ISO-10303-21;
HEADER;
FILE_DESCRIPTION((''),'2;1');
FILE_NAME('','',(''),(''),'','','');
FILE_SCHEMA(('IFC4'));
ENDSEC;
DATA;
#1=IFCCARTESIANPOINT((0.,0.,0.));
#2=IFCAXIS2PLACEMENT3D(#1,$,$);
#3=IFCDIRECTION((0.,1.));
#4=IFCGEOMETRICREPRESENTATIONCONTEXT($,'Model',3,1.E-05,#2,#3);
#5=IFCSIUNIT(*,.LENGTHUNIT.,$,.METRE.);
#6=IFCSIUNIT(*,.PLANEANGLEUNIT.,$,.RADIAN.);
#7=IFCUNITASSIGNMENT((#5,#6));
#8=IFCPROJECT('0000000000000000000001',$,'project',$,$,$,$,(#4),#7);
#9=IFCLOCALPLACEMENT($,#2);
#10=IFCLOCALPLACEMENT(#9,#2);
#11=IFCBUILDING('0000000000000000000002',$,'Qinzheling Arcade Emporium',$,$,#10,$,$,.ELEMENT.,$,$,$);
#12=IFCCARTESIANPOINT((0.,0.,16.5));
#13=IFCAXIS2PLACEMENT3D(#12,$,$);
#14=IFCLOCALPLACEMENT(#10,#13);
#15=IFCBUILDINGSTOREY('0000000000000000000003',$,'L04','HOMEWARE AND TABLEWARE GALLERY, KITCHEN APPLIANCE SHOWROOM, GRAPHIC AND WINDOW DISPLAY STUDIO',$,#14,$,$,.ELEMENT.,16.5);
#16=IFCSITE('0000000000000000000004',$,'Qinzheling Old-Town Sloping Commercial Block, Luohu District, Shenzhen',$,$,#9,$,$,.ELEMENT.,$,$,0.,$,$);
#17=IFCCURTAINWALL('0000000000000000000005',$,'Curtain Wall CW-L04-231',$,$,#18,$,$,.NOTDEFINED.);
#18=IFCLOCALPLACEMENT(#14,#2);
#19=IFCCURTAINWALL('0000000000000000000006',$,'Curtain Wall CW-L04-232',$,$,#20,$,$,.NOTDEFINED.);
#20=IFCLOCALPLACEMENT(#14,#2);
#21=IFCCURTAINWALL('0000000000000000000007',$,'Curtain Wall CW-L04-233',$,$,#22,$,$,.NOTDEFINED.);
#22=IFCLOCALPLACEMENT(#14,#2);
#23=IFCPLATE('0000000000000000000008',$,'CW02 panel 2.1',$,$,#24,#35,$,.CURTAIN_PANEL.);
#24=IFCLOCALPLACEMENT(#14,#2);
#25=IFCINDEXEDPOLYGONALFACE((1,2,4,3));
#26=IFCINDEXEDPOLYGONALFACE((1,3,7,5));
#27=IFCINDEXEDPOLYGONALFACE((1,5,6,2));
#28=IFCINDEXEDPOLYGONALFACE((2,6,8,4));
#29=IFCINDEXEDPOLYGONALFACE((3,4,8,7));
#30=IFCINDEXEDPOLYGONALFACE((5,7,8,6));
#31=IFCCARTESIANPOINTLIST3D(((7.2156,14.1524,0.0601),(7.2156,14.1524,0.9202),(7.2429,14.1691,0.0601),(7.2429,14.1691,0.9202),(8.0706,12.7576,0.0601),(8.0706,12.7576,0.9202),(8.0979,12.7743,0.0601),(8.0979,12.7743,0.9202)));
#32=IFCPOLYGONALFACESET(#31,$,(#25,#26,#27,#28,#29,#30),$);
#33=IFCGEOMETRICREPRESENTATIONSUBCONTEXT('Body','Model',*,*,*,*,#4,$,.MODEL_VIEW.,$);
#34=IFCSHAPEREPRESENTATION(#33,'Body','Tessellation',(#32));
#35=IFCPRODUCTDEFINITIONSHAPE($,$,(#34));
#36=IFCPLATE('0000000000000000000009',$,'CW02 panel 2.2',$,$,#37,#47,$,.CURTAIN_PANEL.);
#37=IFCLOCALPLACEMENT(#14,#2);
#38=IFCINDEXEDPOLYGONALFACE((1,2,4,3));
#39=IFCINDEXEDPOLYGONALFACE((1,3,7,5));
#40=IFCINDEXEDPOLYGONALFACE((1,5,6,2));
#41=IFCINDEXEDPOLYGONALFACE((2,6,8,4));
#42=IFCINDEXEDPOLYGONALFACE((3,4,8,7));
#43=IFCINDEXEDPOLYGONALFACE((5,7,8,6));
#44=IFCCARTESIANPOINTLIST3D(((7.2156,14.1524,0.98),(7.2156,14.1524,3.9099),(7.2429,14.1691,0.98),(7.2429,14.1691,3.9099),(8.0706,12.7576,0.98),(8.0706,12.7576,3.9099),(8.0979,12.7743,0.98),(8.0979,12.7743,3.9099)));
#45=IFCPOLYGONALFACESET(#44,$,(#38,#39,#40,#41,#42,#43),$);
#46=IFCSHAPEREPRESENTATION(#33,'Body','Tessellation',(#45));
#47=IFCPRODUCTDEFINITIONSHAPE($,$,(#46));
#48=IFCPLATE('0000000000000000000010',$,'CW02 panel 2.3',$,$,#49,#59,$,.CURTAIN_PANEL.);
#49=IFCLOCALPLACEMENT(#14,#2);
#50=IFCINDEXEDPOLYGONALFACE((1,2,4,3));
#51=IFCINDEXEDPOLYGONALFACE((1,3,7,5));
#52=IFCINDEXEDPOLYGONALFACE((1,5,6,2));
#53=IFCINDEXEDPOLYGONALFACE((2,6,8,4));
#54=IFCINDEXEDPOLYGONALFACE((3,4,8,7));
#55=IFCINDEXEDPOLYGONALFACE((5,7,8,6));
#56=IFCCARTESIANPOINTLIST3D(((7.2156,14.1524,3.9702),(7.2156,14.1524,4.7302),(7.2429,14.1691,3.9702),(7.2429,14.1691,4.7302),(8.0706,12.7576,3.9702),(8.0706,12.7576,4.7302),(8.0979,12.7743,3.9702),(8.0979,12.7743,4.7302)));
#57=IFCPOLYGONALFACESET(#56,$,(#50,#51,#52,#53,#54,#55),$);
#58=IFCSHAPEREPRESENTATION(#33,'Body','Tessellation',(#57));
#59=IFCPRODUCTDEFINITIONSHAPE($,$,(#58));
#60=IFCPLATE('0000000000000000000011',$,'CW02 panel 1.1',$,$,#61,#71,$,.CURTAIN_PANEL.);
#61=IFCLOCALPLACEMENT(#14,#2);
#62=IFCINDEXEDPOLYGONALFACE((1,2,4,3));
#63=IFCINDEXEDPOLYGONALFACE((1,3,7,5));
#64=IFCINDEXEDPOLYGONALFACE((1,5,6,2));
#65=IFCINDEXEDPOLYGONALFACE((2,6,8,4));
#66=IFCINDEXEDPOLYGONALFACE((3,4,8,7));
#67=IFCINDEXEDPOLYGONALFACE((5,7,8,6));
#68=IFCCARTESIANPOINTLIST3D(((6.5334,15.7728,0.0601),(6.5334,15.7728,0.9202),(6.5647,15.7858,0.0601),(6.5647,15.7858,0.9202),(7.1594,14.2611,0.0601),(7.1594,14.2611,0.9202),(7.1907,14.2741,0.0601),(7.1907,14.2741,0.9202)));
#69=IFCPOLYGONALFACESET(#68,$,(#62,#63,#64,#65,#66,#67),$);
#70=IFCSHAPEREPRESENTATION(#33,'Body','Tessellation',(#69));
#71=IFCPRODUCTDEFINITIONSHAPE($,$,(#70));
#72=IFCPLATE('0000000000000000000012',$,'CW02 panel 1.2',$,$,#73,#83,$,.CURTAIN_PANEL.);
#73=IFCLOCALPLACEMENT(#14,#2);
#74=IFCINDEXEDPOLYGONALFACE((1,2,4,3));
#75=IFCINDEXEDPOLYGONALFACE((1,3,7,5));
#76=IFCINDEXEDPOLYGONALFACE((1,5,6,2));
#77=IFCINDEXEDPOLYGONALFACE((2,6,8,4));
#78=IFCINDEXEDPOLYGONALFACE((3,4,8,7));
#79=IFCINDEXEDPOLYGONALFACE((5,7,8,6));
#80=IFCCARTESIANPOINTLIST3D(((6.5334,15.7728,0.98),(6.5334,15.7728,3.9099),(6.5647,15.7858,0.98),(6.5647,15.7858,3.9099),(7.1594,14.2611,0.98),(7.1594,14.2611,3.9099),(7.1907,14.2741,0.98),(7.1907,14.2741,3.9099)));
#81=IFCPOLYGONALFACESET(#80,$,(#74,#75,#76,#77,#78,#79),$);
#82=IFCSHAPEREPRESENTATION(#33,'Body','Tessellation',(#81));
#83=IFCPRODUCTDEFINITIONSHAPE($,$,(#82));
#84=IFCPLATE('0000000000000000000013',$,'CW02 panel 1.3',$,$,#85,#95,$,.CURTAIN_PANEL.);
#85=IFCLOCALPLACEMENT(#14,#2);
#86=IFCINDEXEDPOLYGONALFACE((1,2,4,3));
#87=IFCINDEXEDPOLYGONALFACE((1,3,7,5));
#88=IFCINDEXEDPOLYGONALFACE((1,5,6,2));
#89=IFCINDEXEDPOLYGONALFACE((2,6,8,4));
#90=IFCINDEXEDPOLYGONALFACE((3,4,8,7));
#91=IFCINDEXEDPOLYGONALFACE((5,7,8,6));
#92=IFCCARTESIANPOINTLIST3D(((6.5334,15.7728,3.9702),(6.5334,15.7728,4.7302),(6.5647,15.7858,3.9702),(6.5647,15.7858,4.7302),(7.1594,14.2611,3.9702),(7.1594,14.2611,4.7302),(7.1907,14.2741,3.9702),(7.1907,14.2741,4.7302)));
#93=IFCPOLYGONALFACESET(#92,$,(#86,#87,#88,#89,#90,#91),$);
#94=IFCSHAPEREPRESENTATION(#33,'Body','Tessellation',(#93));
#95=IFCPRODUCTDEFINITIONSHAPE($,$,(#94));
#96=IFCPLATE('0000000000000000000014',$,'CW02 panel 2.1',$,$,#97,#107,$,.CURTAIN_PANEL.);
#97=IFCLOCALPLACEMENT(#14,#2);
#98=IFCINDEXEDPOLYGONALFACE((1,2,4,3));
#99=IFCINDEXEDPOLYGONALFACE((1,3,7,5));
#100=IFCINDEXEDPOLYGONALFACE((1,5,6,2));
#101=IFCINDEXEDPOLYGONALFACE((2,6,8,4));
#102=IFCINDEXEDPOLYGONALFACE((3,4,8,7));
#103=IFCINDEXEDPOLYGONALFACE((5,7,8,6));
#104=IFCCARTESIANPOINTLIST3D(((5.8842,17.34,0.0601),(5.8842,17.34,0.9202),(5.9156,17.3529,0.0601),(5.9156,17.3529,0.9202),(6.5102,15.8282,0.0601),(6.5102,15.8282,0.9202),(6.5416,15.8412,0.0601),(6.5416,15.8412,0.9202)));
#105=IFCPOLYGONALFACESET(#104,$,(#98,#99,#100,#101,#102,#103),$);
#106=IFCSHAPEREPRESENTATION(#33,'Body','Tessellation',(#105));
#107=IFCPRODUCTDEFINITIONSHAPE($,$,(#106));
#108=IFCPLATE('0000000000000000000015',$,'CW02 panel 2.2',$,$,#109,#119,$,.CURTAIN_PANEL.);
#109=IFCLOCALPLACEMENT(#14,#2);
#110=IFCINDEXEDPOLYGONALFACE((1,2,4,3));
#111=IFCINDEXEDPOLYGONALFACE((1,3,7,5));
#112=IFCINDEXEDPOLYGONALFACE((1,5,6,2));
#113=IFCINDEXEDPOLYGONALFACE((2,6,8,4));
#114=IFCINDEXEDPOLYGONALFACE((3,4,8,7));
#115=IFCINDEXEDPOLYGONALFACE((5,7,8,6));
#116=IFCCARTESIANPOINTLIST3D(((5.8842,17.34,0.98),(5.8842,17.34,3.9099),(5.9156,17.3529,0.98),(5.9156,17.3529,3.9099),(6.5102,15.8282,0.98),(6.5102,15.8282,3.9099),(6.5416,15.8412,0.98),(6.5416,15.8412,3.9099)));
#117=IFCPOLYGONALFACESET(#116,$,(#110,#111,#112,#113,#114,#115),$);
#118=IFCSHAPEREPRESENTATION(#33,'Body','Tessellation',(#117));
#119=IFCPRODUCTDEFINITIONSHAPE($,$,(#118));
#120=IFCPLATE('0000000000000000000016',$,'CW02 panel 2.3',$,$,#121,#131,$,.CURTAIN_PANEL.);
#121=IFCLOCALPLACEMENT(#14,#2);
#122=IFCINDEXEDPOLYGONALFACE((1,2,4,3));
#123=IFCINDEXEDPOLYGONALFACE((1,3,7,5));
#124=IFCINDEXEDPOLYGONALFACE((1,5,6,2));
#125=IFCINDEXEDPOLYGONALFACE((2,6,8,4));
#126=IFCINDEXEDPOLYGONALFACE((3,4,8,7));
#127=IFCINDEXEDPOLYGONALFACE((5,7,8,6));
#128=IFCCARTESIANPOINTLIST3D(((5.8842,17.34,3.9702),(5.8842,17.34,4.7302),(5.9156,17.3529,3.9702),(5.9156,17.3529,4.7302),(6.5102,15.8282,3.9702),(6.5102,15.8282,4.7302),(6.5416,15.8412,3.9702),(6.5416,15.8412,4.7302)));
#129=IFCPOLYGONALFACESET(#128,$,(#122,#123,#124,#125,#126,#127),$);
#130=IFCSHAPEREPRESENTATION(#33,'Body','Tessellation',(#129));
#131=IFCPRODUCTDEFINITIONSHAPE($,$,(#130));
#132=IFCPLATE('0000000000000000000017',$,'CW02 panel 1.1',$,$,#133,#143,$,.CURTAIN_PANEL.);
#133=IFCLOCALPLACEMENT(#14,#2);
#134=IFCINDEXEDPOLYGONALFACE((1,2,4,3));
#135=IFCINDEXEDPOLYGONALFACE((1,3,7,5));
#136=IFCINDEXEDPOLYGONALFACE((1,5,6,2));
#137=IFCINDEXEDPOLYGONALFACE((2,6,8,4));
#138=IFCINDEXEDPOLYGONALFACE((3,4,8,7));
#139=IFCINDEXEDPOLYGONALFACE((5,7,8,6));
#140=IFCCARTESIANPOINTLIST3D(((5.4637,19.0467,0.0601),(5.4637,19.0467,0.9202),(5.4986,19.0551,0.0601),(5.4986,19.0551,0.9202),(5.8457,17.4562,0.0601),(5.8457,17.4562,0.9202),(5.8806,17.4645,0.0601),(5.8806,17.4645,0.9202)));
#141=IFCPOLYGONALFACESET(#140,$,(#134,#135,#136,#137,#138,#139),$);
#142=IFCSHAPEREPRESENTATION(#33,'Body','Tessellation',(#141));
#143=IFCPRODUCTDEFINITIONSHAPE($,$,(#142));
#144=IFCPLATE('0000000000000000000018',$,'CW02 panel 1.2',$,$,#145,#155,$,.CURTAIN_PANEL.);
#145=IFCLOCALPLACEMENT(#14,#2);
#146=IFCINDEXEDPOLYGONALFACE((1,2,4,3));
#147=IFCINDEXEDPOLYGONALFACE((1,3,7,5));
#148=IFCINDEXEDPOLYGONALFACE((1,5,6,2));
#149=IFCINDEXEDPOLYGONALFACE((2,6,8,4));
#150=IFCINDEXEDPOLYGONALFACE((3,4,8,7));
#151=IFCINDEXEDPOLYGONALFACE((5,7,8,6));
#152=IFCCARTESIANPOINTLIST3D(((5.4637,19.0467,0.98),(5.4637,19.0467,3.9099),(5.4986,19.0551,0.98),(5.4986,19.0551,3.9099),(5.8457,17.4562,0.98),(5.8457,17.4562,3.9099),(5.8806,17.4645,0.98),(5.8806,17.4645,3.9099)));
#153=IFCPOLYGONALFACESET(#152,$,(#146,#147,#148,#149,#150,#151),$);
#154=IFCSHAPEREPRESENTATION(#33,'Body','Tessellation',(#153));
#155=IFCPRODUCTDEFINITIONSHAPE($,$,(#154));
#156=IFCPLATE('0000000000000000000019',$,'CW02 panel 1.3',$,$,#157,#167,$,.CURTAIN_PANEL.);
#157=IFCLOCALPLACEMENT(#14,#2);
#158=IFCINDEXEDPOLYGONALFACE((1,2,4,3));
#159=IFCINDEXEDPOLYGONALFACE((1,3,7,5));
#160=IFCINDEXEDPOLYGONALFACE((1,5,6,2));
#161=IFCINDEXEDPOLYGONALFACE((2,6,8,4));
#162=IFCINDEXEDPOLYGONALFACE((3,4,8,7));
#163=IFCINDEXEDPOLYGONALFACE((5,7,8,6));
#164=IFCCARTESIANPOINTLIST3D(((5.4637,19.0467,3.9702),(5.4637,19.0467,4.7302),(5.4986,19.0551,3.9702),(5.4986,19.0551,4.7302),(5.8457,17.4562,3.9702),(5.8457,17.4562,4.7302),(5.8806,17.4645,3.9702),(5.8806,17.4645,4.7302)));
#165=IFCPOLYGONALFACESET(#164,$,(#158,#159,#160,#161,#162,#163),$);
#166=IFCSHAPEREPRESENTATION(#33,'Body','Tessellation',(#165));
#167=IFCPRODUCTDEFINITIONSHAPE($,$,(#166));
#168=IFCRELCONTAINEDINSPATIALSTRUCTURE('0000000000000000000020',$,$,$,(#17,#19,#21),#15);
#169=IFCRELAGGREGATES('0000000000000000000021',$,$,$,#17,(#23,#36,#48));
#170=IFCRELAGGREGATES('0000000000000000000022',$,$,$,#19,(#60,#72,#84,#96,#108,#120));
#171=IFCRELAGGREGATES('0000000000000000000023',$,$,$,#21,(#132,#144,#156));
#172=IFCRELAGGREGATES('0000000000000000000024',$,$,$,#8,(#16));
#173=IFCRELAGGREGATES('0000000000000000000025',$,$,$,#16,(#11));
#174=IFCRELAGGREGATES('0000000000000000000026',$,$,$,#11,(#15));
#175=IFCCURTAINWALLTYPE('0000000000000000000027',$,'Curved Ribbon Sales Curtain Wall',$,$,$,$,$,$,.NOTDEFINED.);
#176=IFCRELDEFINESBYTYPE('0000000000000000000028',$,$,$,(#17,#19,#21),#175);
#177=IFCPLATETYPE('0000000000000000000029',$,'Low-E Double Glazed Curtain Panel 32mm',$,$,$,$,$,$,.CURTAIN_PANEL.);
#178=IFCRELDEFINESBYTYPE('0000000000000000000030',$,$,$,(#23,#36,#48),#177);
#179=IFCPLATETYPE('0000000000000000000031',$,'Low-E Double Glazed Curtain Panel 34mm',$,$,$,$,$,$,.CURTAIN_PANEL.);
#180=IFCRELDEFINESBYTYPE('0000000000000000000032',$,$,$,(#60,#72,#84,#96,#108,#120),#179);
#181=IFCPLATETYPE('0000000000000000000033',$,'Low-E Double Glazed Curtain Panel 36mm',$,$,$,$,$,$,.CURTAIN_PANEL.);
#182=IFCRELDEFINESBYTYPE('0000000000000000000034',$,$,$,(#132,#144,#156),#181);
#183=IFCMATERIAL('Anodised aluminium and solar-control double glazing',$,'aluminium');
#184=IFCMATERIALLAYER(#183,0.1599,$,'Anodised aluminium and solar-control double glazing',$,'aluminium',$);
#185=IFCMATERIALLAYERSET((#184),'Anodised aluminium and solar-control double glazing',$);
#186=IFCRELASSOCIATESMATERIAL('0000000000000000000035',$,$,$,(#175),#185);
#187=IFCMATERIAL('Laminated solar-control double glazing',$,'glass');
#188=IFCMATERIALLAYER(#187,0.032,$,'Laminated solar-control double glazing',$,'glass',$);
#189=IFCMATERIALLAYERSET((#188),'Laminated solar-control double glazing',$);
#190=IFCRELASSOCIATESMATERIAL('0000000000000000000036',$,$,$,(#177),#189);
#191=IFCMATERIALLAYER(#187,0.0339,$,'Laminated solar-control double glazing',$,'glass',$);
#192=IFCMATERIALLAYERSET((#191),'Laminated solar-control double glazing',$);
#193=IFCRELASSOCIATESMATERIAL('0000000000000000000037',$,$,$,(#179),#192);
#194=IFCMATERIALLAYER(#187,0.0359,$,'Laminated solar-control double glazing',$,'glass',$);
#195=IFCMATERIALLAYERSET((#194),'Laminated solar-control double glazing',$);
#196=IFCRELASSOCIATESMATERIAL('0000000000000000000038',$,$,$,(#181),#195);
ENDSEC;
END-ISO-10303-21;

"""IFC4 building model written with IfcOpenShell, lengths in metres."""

from ifc_helpers import new_model, si_unit, direction, frame, origin, origin_2d, place, context, subcontext, project, spatial, rectangle, extrude, material, layer, layer_set, type_object, element, aggregate, save


model = new_model("IFC4")

# Units and contexts
model_context = context("Model", 3, precision=1e-05, world=origin(), true_north=direction((0.0, 1.0)))
body_context = subcontext(model_context, "Body", "Model", "MODEL_VIEW")
ifc_project = project(units=[si_unit("LENGTHUNIT", "METRE"), si_unit("PLANEANGLEUNIT", "RADIAN")], contexts=[model_context])

# Site, building, storey
site_placement = place(None, origin())
site = spatial("IfcSite", under=ifc_project, at=site_placement, Name="Qinzheling Old-Town Sloping Commercial Block, Luohu District, Shenzhen", CompositionType="ELEMENT", RefElevation=0.0)
building_placement = place(site_placement, origin())
building = spatial("IfcBuilding", under=site, at=building_placement, Name="Qinzheling Arcade Emporium", CompositionType="ELEMENT")
storey_placement = place(building_placement, frame((0.0, 0.0, 16.5)))
storey = spatial("IfcBuildingStorey", under=building, at=storey_placement, Name="L04", Description="HOMEWARE AND TABLEWARE GALLERY, KITCHEN APPLIANCE SHOWROOM, GRAPHIC AND WINDOW DISPLAY STUDIO", CompositionType="ELEMENT", Elevation=16.5)

# Curtain walls
ifc_material_1 = material(Name="Anodised aluminium and solar-control double glazing", Category="aluminium")
ifc_layer_1 = layer(ifc_material_1, 0.1599, Name="Anodised aluminium and solar-control double glazing", Category="aluminium")
ifc_layer_set_1 = layer_set([ifc_layer_1], Name="Anodised aluminium and solar-control double glazing")
curtain_wall_type = type_object("IfcCurtainWallType", Name="Curved Ribbon Sales Curtain Wall", PredefinedType="NOTDEFINED", material=ifc_layer_set_1)
curtain_wall_1_placement = place(storey_placement, origin())
curtain_wall_1 = element("IfcCurtainWall", 1, at=curtain_wall_1_placement, inside=storey, type_object=curtain_wall_type, Name="Curtain Wall CW-L04-231", PredefinedType="NOTDEFINED")
curtain_wall_2_placement = place(storey_placement, origin())
curtain_wall_2 = element("IfcCurtainWall", 2, at=curtain_wall_2_placement, inside=storey, type_object=curtain_wall_type, Name="Curtain Wall CW-L04-232", PredefinedType="NOTDEFINED")

# Curtain wall
curtain_wall_3_placement = place(storey_placement, origin())
curtain_wall_3 = element("IfcCurtainWall", 3, at=curtain_wall_3_placement, inside=storey, type_object=curtain_wall_type, Name="Curtain Wall CW-L04-233", PredefinedType="NOTDEFINED")

# Plates
ifc_material_2 = material(Name="Laminated solar-control double glazing", Category="glass")
ifc_layer_2 = layer(ifc_material_2, 0.032, Name="Laminated solar-control double glazing", Category="glass")
ifc_layer_set_2 = layer_set([ifc_layer_2], Name="Laminated solar-control double glazing")
plate_type_1 = type_object("IfcPlateType", Name="Low-E Double Glazed Curtain Panel 32mm", PredefinedType="CURTAIN_PANEL", material=ifc_layer_set_2)
plate_1_placement = place(storey_placement, frame((7.6567, 13.4634, 0.0601), z_axis=(0.0, 0.0, 1.0), x_axis=(-0.52261, 0.852572, 0.0)))
plate_1 = element("IfcPlate", 4, at=plate_1_placement, type_object=plate_type_1, Name="CW02 panel 2.1", PredefinedType="CURTAIN_PANEL", context=body_context, shape_type="SweptSolid", body=[
    extrude(rectangle(XDim=1.636, YDim=0.032, at=origin_2d()), origin(), (0.0, 0.0, 1.0), 0.8601),
])
plate_2_placement = place(storey_placement, frame((7.6567, 13.4634, 0.98), z_axis=(0.0, 0.0, 1.0), x_axis=(-0.52261, 0.852572, 0.0)))
plate_2 = element("IfcPlate", 5, at=plate_2_placement, type_object=plate_type_1, Name="CW02 panel 2.2", PredefinedType="CURTAIN_PANEL", context=body_context, shape_type="SweptSolid", body=[
    extrude(rectangle(XDim=1.636, YDim=0.032, at=origin_2d()), origin(), (0.0, 0.0, 1.0), 2.9299),
])
plate_3_placement = place(storey_placement, frame((7.6567, 13.4634, 3.9702), z_axis=(0.0, 0.0, 1.0), x_axis=(-0.52261, 0.852572, 0.0)))
plate_3 = element("IfcPlate", 6, at=plate_3_placement, type_object=plate_type_1, Name="CW02 panel 2.3", PredefinedType="CURTAIN_PANEL", context=body_context, shape_type="SweptSolid", body=[
    extrude(rectangle(XDim=1.636, YDim=0.032, at=origin_2d()), origin(), (0.0, 0.0, 1.0), 0.76),
])
aggregate(curtain_wall_1, [plate_1, plate_2, plate_3])
ifc_layer_3 = layer(ifc_material_2, 0.0339, Name="Laminated solar-control double glazing", Category="glass")
ifc_layer_set_3 = layer_set([ifc_layer_3], Name="Laminated solar-control double glazing")
plate_type_2 = type_object("IfcPlateType", Name="Low-E Double Glazed Curtain Panel 34mm", PredefinedType="CURTAIN_PANEL", material=ifc_layer_set_3)
plate_4_placement = place(storey_placement, frame((6.8621, 15.0234, 0.0601), z_axis=(0.0, 0.0, 1.0), x_axis=(-0.382599, 0.923914, 0.0)))
plate_4 = element("IfcPlate", 7, at=plate_4_placement, type_object=plate_type_2, Name="CW02 panel 1.1", PredefinedType="CURTAIN_PANEL", context=body_context, shape_type="SweptSolid", body=[
    extrude(rectangle(XDim=1.6362, YDim=0.0339, at=origin_2d()), origin(), (0.0, 0.0, 1.0), 0.8601),
])
plate_5_placement = place(storey_placement, frame((6.8621, 15.0234, 0.98), z_axis=(0.0, 0.0, 1.0), x_axis=(-0.382599, 0.923914, 0.0)))
plate_5 = element("IfcPlate", 8, at=plate_5_placement, type_object=plate_type_2, Name="CW02 panel 1.2", PredefinedType="CURTAIN_PANEL", context=body_context, shape_type="SweptSolid", body=[
    extrude(rectangle(XDim=1.6362, YDim=0.0339, at=origin_2d()), origin(), (0.0, 0.0, 1.0), 2.9299),
])
plate_6_placement = place(storey_placement, frame((6.8621, 15.0234, 3.9702), z_axis=(0.0, 0.0, 1.0), x_axis=(-0.382599, 0.923914, 0.0)))
plate_6 = element("IfcPlate", 9, at=plate_6_placement, type_object=plate_type_2, Name="CW02 panel 1.3", PredefinedType="CURTAIN_PANEL", context=body_context, shape_type="SweptSolid", body=[
    extrude(rectangle(XDim=1.6362, YDim=0.0339, at=origin_2d()), origin(), (0.0, 0.0, 1.0), 0.76),
])
plate_7_placement = place(storey_placement, frame((6.2129, 16.5906, 0.0601), z_axis=(0.0, 0.0, 1.0), x_axis=(-0.382599, 0.923914, 0.0)))
plate_7 = element("IfcPlate", 10, at=plate_7_placement, type_object=plate_type_2, Name="CW02 panel 2.1", PredefinedType="CURTAIN_PANEL", context=body_context, shape_type="SweptSolid", body=[
    extrude(rectangle(XDim=1.6362, YDim=0.0339, at=origin_2d()), origin(), (0.0, 0.0, 1.0), 0.8601),
])
plate_8_placement = place(storey_placement, frame((6.2129, 16.5906, 0.98), z_axis=(0.0, 0.0, 1.0), x_axis=(-0.382599, 0.923914, 0.0)))
plate_8 = element("IfcPlate", 11, at=plate_8_placement, type_object=plate_type_2, Name="CW02 panel 2.2", PredefinedType="CURTAIN_PANEL", context=body_context, shape_type="SweptSolid", body=[
    extrude(rectangle(XDim=1.6362, YDim=0.0339, at=origin_2d()), origin(), (0.0, 0.0, 1.0), 2.9299),
])
plate_9_placement = place(storey_placement, frame((6.2129, 16.5906, 3.9702), z_axis=(0.0, 0.0, 1.0), x_axis=(-0.382599, 0.923914, 0.0)))
plate_9 = element("IfcPlate", 12, at=plate_9_placement, type_object=plate_type_2, Name="CW02 panel 2.3", PredefinedType="CURTAIN_PANEL", context=body_context, shape_type="SweptSolid", body=[
    extrude(rectangle(XDim=1.6362, YDim=0.0339, at=origin_2d()), origin(), (0.0, 0.0, 1.0), 0.76),
])
aggregate(curtain_wall_2, [plate_4, plate_5, plate_6, plate_7, plate_8, plate_9])
ifc_layer_4 = layer(ifc_material_2, 0.0359, Name="Laminated solar-control double glazing", Category="glass")
ifc_layer_set_4 = layer_set([ifc_layer_4], Name="Laminated solar-control double glazing")
plate_type_3 = type_object("IfcPlateType", Name="Low-E Double Glazed Curtain Panel 36mm", PredefinedType="CURTAIN_PANEL", material=ifc_layer_set_4)
plate_10_placement = place(storey_placement, frame((5.6721, 18.2556, 0.0601), z_axis=(0.0, 0.0, 1.0), x_axis=(-0.233526, 0.97235, 0.0)))
plate_10 = element("IfcPlate", 13, at=plate_10_placement, type_object=plate_type_3, Name="CW02 panel 1.1", PredefinedType="CURTAIN_PANEL", context=body_context, shape_type="SweptSolid", body=[
    extrude(rectangle(XDim=1.6357, YDim=0.0359, at=origin_2d()), origin(), (0.0, 0.0, 1.0), 0.8601),
])
plate_11_placement = place(storey_placement, frame((5.6721, 18.2556, 0.98), z_axis=(0.0, 0.0, 1.0), x_axis=(-0.233526, 0.97235, 0.0)))
plate_11 = element("IfcPlate", 14, at=plate_11_placement, type_object=plate_type_3, Name="CW02 panel 1.2", PredefinedType="CURTAIN_PANEL", context=body_context, shape_type="SweptSolid", body=[
    extrude(rectangle(XDim=1.6357, YDim=0.0359, at=origin_2d()), origin(), (0.0, 0.0, 1.0), 2.9299),
])
plate_12_placement = place(storey_placement, frame((5.6721, 18.2556, 3.9702), z_axis=(0.0, 0.0, 1.0), x_axis=(-0.233526, 0.97235, 0.0)))
plate_12 = element("IfcPlate", 15, at=plate_12_placement, type_object=plate_type_3, Name="CW02 panel 1.3", PredefinedType="CURTAIN_PANEL", context=body_context, shape_type="SweptSolid", body=[
    extrude(rectangle(XDim=1.6357, YDim=0.0359, at=origin_2d()), origin(), (0.0, 0.0, 1.0), 0.76),
])
aggregate(curtain_wall_3, [plate_10, plate_11, plate_12])

save(model, "model.ifc")
